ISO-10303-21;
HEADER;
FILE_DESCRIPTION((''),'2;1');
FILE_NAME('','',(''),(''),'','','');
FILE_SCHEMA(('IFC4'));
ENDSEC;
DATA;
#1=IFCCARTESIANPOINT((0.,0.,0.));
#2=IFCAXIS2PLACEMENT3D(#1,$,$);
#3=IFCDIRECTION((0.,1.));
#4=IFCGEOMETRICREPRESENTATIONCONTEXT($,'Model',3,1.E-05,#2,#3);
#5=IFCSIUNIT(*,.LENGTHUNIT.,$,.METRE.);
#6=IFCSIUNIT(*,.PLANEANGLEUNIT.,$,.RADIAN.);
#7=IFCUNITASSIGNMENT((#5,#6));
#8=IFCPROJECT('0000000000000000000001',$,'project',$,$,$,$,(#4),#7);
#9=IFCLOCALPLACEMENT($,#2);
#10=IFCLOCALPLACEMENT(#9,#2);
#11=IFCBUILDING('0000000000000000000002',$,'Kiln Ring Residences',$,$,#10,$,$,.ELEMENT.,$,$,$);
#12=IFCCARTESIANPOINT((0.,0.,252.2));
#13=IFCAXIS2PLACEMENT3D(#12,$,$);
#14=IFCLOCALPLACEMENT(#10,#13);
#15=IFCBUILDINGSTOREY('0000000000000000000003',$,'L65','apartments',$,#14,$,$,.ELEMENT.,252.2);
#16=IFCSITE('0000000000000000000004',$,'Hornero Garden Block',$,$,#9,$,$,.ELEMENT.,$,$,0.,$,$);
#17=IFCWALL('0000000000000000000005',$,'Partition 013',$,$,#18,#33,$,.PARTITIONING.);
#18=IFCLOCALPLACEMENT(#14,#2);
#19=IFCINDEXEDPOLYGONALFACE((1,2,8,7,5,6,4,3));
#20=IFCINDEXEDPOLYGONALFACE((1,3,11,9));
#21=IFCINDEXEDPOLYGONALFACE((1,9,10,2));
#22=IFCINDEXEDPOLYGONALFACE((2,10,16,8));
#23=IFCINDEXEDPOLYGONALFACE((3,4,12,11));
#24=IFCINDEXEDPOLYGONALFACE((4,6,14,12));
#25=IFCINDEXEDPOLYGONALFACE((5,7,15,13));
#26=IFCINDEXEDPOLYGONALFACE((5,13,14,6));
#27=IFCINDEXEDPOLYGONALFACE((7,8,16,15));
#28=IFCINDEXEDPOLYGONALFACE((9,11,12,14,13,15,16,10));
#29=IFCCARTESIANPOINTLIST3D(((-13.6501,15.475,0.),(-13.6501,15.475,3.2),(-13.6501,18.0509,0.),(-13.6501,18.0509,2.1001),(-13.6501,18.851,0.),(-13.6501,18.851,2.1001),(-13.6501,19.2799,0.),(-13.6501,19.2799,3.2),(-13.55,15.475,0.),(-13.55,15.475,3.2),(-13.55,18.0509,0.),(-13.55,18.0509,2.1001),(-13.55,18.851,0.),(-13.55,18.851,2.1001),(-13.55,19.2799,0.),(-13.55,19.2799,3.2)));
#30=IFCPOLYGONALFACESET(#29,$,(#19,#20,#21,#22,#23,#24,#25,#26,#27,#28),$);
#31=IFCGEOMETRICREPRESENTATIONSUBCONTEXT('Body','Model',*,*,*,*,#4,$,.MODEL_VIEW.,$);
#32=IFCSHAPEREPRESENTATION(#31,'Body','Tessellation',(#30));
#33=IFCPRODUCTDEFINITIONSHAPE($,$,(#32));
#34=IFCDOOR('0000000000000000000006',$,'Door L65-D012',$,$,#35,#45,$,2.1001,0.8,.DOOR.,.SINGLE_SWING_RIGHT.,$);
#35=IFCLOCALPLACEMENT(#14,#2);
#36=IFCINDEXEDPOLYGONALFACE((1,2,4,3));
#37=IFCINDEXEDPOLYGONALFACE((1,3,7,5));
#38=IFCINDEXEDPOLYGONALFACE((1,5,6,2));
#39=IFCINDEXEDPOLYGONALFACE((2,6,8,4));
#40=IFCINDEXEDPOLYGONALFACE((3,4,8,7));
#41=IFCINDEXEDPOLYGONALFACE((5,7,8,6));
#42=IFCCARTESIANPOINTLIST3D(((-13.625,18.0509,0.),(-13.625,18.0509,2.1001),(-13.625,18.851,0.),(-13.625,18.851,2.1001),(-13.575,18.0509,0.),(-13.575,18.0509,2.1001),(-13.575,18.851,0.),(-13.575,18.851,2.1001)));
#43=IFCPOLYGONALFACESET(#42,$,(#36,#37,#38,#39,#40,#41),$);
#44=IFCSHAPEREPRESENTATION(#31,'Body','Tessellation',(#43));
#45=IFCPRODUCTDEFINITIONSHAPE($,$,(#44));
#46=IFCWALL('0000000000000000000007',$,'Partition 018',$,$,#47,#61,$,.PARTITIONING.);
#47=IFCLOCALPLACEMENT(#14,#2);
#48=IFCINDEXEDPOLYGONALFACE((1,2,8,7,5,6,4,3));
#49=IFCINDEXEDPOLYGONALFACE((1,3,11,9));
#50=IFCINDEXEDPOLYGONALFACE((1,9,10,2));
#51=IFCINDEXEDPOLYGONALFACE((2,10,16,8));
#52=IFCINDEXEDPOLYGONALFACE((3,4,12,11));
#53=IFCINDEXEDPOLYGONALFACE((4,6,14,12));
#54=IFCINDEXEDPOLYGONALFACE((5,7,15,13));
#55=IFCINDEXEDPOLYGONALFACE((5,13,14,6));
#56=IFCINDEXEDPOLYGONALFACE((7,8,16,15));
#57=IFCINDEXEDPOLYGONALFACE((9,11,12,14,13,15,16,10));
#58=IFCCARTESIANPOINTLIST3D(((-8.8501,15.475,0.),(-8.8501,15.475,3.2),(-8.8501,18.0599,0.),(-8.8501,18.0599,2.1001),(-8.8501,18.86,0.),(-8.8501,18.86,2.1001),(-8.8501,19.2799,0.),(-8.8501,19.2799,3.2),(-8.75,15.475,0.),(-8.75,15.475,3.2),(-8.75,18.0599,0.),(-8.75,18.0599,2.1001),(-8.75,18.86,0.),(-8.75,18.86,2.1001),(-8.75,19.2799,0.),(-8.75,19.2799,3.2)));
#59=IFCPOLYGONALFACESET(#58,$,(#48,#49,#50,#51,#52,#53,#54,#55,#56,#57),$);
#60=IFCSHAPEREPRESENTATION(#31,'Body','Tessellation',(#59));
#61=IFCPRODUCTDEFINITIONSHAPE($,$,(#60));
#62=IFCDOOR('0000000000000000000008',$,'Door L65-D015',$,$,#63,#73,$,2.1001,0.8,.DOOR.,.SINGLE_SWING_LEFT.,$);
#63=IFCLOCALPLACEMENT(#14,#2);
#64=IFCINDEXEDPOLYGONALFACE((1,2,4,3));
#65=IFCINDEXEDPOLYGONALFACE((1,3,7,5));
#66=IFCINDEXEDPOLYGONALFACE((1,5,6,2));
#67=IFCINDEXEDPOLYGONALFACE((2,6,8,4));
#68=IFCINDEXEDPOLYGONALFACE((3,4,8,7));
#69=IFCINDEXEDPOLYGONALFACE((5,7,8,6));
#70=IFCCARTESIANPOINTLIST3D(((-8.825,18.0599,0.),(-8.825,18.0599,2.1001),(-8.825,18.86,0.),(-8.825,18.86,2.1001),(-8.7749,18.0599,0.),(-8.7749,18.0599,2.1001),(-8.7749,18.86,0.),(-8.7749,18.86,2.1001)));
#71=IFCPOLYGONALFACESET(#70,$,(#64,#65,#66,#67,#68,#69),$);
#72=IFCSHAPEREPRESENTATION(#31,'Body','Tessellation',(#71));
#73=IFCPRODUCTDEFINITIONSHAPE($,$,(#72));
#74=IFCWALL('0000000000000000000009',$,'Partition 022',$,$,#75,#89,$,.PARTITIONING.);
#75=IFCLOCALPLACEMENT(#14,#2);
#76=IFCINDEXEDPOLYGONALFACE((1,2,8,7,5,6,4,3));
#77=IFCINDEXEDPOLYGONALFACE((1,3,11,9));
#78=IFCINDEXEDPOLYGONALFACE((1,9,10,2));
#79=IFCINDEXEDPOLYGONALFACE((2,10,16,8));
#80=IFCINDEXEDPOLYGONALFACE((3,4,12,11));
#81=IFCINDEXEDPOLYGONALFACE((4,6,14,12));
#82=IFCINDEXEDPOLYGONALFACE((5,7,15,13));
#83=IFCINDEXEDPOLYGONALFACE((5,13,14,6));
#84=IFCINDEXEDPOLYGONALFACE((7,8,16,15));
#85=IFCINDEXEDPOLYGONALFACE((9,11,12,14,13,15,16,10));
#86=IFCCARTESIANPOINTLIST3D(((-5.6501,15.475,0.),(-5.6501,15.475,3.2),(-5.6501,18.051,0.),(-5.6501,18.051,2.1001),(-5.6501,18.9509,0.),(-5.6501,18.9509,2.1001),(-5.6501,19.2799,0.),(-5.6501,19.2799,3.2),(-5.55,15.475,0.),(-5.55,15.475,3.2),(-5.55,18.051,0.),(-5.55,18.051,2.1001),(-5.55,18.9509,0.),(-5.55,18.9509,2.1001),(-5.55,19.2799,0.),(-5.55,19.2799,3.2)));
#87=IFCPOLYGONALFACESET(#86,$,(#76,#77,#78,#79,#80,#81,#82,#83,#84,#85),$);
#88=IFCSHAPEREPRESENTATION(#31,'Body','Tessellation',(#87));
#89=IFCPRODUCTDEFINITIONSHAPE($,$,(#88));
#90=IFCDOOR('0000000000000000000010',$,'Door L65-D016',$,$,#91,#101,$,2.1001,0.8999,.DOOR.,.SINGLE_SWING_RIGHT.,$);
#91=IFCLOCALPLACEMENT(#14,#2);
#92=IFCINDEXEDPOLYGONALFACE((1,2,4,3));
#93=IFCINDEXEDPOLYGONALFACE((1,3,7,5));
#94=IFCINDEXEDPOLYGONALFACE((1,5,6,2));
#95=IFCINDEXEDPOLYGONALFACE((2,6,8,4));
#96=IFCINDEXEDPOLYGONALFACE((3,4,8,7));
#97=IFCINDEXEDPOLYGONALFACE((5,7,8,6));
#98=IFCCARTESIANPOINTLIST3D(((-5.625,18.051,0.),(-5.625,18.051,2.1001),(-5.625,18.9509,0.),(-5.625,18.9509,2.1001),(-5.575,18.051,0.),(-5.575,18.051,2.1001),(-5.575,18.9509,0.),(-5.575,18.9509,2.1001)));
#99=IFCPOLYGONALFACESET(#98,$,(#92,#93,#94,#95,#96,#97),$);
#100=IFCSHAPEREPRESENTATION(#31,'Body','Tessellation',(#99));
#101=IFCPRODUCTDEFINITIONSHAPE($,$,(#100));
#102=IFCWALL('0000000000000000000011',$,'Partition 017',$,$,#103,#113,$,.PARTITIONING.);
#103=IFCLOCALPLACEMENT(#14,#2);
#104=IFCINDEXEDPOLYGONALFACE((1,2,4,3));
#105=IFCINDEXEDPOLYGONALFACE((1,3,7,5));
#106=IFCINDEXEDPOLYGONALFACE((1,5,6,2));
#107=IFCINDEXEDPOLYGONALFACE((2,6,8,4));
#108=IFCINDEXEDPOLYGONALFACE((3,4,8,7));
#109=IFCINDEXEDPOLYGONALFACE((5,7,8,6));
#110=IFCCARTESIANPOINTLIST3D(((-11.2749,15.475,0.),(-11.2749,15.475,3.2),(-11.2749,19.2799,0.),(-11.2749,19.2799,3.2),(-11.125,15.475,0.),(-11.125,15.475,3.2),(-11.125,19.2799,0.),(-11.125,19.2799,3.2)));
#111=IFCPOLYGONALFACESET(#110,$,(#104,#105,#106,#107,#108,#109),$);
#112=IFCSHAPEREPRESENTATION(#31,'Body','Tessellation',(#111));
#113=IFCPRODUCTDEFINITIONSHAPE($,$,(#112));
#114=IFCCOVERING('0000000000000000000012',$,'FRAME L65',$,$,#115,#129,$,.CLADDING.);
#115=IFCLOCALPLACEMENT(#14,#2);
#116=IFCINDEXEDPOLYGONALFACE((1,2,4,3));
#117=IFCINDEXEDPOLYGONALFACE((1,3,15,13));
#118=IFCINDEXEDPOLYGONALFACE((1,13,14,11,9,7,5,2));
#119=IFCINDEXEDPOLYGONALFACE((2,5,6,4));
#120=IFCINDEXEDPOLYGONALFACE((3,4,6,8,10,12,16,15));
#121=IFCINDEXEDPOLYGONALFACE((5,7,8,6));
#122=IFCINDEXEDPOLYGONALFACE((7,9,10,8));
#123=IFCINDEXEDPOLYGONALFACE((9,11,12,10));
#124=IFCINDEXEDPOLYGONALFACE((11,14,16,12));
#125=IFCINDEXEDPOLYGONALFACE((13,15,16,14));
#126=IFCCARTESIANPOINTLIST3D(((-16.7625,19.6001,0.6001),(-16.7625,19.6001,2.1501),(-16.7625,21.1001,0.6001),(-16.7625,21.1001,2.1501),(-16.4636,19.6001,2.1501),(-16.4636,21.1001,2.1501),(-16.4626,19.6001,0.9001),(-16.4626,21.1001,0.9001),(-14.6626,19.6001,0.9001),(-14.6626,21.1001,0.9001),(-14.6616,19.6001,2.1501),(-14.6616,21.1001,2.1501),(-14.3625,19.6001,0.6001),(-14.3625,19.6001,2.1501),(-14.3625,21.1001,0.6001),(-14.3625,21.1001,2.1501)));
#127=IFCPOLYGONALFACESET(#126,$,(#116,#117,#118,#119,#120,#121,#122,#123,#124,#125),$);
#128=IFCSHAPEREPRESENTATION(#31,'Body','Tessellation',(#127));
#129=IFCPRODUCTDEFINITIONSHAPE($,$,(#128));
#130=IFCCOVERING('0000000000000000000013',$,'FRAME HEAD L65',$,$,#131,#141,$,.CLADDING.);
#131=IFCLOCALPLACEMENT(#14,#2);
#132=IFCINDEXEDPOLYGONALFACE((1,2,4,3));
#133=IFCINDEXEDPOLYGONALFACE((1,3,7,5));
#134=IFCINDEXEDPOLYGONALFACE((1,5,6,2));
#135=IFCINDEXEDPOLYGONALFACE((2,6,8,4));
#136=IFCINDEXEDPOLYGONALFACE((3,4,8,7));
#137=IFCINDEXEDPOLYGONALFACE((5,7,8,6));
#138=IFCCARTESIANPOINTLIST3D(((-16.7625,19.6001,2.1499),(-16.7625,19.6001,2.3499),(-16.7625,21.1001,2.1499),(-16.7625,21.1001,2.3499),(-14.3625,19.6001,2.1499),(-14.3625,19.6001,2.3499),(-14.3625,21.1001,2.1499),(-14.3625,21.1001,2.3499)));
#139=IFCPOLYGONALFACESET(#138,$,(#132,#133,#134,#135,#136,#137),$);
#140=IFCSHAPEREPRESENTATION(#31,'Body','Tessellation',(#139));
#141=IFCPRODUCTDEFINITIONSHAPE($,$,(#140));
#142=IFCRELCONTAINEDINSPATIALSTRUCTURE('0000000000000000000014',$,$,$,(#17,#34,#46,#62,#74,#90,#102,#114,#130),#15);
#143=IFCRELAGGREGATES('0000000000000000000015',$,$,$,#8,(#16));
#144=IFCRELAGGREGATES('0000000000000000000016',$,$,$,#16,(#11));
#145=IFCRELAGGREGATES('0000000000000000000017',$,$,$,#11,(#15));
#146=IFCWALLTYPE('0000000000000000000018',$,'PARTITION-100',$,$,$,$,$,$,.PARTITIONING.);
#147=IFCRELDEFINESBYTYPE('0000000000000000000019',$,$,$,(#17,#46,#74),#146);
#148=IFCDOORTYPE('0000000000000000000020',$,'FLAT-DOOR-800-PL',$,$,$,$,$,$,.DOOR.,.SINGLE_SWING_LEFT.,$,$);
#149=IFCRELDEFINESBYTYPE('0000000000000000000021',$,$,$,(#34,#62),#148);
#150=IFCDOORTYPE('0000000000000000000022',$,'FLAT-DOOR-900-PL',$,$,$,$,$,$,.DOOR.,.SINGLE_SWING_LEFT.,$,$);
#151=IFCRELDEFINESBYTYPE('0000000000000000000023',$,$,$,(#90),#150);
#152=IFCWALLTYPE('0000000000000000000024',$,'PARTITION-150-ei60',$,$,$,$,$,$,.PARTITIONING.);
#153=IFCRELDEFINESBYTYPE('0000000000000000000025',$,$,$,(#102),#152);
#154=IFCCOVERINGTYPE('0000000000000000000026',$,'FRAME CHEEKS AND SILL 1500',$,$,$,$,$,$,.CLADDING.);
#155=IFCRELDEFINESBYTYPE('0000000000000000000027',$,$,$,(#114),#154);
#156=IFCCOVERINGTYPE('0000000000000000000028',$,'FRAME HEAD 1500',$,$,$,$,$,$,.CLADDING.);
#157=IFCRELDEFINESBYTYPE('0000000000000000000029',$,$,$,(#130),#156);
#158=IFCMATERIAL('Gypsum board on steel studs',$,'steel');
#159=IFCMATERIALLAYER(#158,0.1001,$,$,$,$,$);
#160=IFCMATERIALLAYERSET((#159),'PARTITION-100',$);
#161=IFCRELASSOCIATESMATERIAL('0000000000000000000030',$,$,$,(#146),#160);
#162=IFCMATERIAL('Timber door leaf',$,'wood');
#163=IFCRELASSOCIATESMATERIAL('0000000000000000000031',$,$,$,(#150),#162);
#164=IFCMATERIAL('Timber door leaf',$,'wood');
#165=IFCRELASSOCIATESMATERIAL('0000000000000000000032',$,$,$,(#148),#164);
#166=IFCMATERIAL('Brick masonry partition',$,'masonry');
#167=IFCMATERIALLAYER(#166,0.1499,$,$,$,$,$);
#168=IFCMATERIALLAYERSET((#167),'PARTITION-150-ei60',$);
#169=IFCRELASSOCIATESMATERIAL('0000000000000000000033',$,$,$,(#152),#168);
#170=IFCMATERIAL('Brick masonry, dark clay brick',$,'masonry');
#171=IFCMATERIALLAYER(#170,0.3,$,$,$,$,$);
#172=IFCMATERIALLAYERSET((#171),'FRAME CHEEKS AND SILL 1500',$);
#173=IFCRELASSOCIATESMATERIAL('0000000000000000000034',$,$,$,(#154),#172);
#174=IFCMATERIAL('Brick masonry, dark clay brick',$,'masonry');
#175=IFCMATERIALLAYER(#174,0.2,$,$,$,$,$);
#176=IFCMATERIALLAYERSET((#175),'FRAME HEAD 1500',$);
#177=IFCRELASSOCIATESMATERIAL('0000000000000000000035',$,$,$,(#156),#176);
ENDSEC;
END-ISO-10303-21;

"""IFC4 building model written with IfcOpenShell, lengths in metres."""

from ifc_helpers import new_model, si_unit, direction, frame, frame_2d, origin, origin_2d, place, context, subcontext, project, spatial, polyline, rectangle, outline, extrude, material, layer, layer_set, type_object, element, fill, save


model = new_model("IFC4")

# Units and contexts
model_context = context("Model", 3, precision=1e-05, world=origin(), true_north=direction((0.0, 1.0)))
body_context = subcontext(model_context, "Body", "Model", "MODEL_VIEW")
ifc_project = project(units=[si_unit("LENGTHUNIT", "METRE"), si_unit("PLANEANGLEUNIT", "RADIAN")], contexts=[model_context])

# Site, building, storey
site_placement = place(None, origin())
site = spatial("IfcSite", under=ifc_project, at=site_placement, Name="Hornero Garden Block", CompositionType="ELEMENT", RefElevation=0.0)
building_placement = place(site_placement, origin())
building = spatial("IfcBuilding", under=site, at=building_placement, Name="Kiln Ring Residences", CompositionType="ELEMENT")
storey_placement = place(building_placement, frame((0.0, 0.0, 252.2)))
storey = spatial("IfcBuildingStorey", under=building, at=storey_placement, Name="L65", Description="apartments", CompositionType="ELEMENT", Elevation=252.2)

# Walls, openings, doors
ifc_material_1 = material(Name="Gypsum board on steel studs", Category="steel")
ifc_layer_1 = layer(ifc_material_1, 0.1001)
ifc_layer_set_1 = layer_set([ifc_layer_1], Name="PARTITION-100")
wall_type_1 = type_object("IfcWallType", Name="PARTITION-100", PredefinedType="PARTITIONING", material=ifc_layer_set_1)
ifc_material_2 = material(Name="Timber door leaf", Category="wood")
door_type_1 = type_object("IfcDoorType", Name="FLAT-DOOR-900-PL", OperationType="SINGLE_SWING_LEFT", PredefinedType="DOOR", material=ifc_material_2)
wall_1_placement = place(storey_placement, frame((-13.6001, 15.4751, 0.0), z_axis=(0.0, 0.0, 1.0), x_axis=(0.0, 1.0, 0.0)))
wall_1 = element("IfcWall", 1, at=wall_1_placement, inside=storey, type_object=wall_type_1, Name="Partition 013", PredefinedType="PARTITIONING", context=body_context, shape_type="SweptSolid", body=[
    extrude(rectangle(XDim=3.8049, YDim=0.1001, at=frame_2d((1.9023, 0.0))), origin(), (0.0, 0.0, 1.0), 3.2),
])
opening_1_placement = place(wall_1_placement, frame((2.5759, 0.0, 0.0)))
opening_1 = element("IfcOpeningElement", 2, at=opening_1_placement, cuts=wall_1, PredefinedType="OPENING", context=body_context, shape_type="SweptSolid", body=[
    extrude(rectangle(XDim=0.8, YDim=2.1001, at=frame_2d((0.3999, 1.05))), frame((0.0, 0.0601, 0.0), z_axis=(0.0, -1.0, 0.0), x_axis=(1.0, 0.0, 0.0)), (0.0, 0.0, 1.0), 0.1201),
])
ifc_material_3 = material(Name="Timber door leaf", Category="wood")
door_type_2 = type_object("IfcDoorType", Name="FLAT-DOOR-800-PL", OperationType="SINGLE_SWING_LEFT", PredefinedType="DOOR", material=ifc_material_3)
door_1_placement = place(opening_1_placement, origin())
door_1 = element("IfcDoor", 3, at=door_1_placement, inside=storey, type_object=door_type_2, Name="Door L65-D012", OperationType="SINGLE_SWING_RIGHT", OverallHeight=2.1001, OverallWidth=0.8, PredefinedType="DOOR", context=body_context, shape_type="SweptSolid", body=[
    extrude(rectangle(XDim=0.8, YDim=2.1001, at=frame_2d((0.3999, 1.05))), frame((0.0, 0.0249, 0.0), z_axis=(0.0, -1.0, 0.0), x_axis=(1.0, 0.0, 0.0)), (0.0, 0.0, 1.0), 0.05),
])
fill(opening_1, door_1)
wall_2_placement = place(storey_placement, frame((-8.8, 15.4751, 0.0), z_axis=(0.0, 0.0, 1.0), x_axis=(0.0, 1.0, 0.0)))
wall_2 = element("IfcWall", 4, at=wall_2_placement, inside=storey, type_object=wall_type_1, Name="Partition 018", PredefinedType="PARTITIONING", context=body_context, shape_type="SweptSolid", body=[
    extrude(rectangle(XDim=3.8049, YDim=0.1001, at=frame_2d((1.9023, 0.0))), origin(), (0.0, 0.0, 1.0), 3.2),
])
opening_2_placement = place(wall_2_placement, frame((2.585, 0.0, 0.0)))
opening_2 = element("IfcOpeningElement", 5, at=opening_2_placement, cuts=wall_2, PredefinedType="OPENING", context=body_context, shape_type="SweptSolid", body=[
    extrude(rectangle(XDim=0.8, YDim=2.1001, at=frame_2d((0.3999, 1.05))), frame((0.0, 0.0601, 0.0), z_axis=(0.0, -1.0, 0.0), x_axis=(1.0, 0.0, 0.0)), (0.0, 0.0, 1.0), 0.1201),
])
door_2_placement = place(opening_2_placement, origin())
door_2 = element("IfcDoor", 6, at=door_2_placement, inside=storey, type_object=door_type_2, Name="Door L65-D015", OperationType="SINGLE_SWING_LEFT", OverallHeight=2.1001, OverallWidth=0.8, PredefinedType="DOOR", context=body_context, shape_type="SweptSolid", body=[
    extrude(rectangle(XDim=0.8, YDim=2.1001, at=frame_2d((0.3999, 1.05))), frame((0.0, 0.0249, 0.0), z_axis=(0.0, -1.0, 0.0), x_axis=(1.0, 0.0, 0.0)), (0.0, 0.0, 1.0), 0.05),
])
fill(opening_2, door_2)
wall_3_placement = place(storey_placement, frame((-5.6001, 15.4751, 0.0), z_axis=(0.0, 0.0, 1.0), x_axis=(0.0, 1.0, 0.0)))
wall_3 = element("IfcWall", 7, at=wall_3_placement, inside=storey, type_object=wall_type_1, Name="Partition 022", PredefinedType="PARTITIONING", context=body_context, shape_type="SweptSolid", body=[
    extrude(rectangle(XDim=3.8049, YDim=0.1001, at=frame_2d((1.9023, 0.0))), origin(), (0.0, 0.0, 1.0), 3.2),
])
opening_3_placement = place(wall_3_placement, frame((2.5759, 0.0, 0.0)))
opening_3 = element("IfcOpeningElement", 8, at=opening_3_placement, cuts=wall_3, PredefinedType="OPENING", context=body_context, shape_type="SweptSolid", body=[
    extrude(rectangle(XDim=0.8999, YDim=2.1001, at=frame_2d((0.45, 1.05))), frame((0.0, 0.0601, 0.0), z_axis=(0.0, -1.0, 0.0), x_axis=(1.0, 0.0, 0.0)), (0.0, 0.0, 1.0), 0.1201),
])
door_3_placement = place(opening_3_placement, origin())
door_3 = element("IfcDoor", 9, at=door_3_placement, inside=storey, type_object=door_type_1, Name="Door L65-D016", OperationType="SINGLE_SWING_RIGHT", OverallHeight=2.1001, OverallWidth=0.8999, PredefinedType="DOOR", context=body_context, shape_type="SweptSolid", body=[
    extrude(rectangle(XDim=0.8999, YDim=2.1001, at=frame_2d((0.45, 1.05))), frame((0.0, 0.0249, 0.0), z_axis=(0.0, -1.0, 0.0), x_axis=(1.0, 0.0, 0.0)), (0.0, 0.0, 1.0), 0.05),
])
fill(opening_3, door_3)

# Wall
ifc_material_4 = material(Name="Brick masonry partition", Category="masonry")
ifc_layer_2 = layer(ifc_material_4, 0.1499)
ifc_layer_set_2 = layer_set([ifc_layer_2], Name="PARTITION-150-ei60")
wall_type_2 = type_object("IfcWallType", Name="PARTITION-150-ei60", PredefinedType="PARTITIONING", material=ifc_layer_set_2)
wall_4_placement = place(storey_placement, frame((-11.2, 15.4751, 0.0), z_axis=(0.0, 0.0, 1.0), x_axis=(0.0, 1.0, 0.0)))
element("IfcWall", 10, at=wall_4_placement, inside=storey, type_object=wall_type_2, Name="Partition 017", PredefinedType="PARTITIONING", context=body_context, shape_type="SweptSolid", body=[
    extrude(rectangle(XDim=3.8049, YDim=0.1499, at=frame_2d((1.9023, 0.0))), origin(), (0.0, 0.0, 1.0), 3.2),
])

# Coverings
ifc_material_5 = material(Name="Brick masonry, dark clay brick", Category="masonry")
ifc_layer_3 = layer(ifc_material_5, 0.3)
ifc_layer_set_3 = layer_set([ifc_layer_3], Name="FRAME CHEEKS AND SILL 1500")
covering_type_1 = type_object("IfcCoveringType", Name="FRAME CHEEKS AND SILL 1500", PredefinedType="CLADDING", material=ifc_layer_set_3)
covering_1_placement = place(storey_placement, frame((-14.3625, 20.3501, 0.6001), z_axis=(0.0, 0.0, 1.0), x_axis=(-1.0, 0.0, 0.0)))
element("IfcCovering", 11, at=covering_1_placement, inside=storey, type_object=covering_type_1, Name="FRAME L65", PredefinedType="CLADDING", context=body_context, shape_type="SweptSolid", body=[
    extrude(outline(polyline([(0.0, 0.0), (2.3999, 0.0), (2.3999, 1.55), (2.1011, 1.55), (2.1001, 0.3), (0.3, 0.3), (0.2991, 1.55), (0.0, 1.55), (0.0, 0.0)])), frame((0.0, 0.75, 0.0), z_axis=(0.0, -1.0, 0.0), x_axis=(1.0, 0.0, 0.0)), (0.0, 0.0, 1.0), 1.5),
])
ifc_material_6 = material(Name="Brick masonry, dark clay brick", Category="masonry")
ifc_layer_4 = layer(ifc_material_6, 0.2)
ifc_layer_set_4 = layer_set([ifc_layer_4], Name="FRAME HEAD 1500")
covering_type_2 = type_object("IfcCoveringType", Name="FRAME HEAD 1500", PredefinedType="CLADDING", material=ifc_layer_set_4)
covering_2_placement = place(storey_placement, frame((-15.5625, 20.3501, 2.1499), z_axis=(0.0, 0.0, 1.0), x_axis=(-1.0, 0.0, 0.0)))
element("IfcCovering", 12, at=covering_2_placement, inside=storey, type_object=covering_type_2, Name="FRAME HEAD L65", PredefinedType="CLADDING", context=body_context, shape_type="SweptSolid", body=[
    extrude(rectangle(XDim=2.3999, YDim=1.5, at=origin_2d()), origin(), (0.0, 0.0, 1.0), 0.2),
])

save(model, "model.ifc")
